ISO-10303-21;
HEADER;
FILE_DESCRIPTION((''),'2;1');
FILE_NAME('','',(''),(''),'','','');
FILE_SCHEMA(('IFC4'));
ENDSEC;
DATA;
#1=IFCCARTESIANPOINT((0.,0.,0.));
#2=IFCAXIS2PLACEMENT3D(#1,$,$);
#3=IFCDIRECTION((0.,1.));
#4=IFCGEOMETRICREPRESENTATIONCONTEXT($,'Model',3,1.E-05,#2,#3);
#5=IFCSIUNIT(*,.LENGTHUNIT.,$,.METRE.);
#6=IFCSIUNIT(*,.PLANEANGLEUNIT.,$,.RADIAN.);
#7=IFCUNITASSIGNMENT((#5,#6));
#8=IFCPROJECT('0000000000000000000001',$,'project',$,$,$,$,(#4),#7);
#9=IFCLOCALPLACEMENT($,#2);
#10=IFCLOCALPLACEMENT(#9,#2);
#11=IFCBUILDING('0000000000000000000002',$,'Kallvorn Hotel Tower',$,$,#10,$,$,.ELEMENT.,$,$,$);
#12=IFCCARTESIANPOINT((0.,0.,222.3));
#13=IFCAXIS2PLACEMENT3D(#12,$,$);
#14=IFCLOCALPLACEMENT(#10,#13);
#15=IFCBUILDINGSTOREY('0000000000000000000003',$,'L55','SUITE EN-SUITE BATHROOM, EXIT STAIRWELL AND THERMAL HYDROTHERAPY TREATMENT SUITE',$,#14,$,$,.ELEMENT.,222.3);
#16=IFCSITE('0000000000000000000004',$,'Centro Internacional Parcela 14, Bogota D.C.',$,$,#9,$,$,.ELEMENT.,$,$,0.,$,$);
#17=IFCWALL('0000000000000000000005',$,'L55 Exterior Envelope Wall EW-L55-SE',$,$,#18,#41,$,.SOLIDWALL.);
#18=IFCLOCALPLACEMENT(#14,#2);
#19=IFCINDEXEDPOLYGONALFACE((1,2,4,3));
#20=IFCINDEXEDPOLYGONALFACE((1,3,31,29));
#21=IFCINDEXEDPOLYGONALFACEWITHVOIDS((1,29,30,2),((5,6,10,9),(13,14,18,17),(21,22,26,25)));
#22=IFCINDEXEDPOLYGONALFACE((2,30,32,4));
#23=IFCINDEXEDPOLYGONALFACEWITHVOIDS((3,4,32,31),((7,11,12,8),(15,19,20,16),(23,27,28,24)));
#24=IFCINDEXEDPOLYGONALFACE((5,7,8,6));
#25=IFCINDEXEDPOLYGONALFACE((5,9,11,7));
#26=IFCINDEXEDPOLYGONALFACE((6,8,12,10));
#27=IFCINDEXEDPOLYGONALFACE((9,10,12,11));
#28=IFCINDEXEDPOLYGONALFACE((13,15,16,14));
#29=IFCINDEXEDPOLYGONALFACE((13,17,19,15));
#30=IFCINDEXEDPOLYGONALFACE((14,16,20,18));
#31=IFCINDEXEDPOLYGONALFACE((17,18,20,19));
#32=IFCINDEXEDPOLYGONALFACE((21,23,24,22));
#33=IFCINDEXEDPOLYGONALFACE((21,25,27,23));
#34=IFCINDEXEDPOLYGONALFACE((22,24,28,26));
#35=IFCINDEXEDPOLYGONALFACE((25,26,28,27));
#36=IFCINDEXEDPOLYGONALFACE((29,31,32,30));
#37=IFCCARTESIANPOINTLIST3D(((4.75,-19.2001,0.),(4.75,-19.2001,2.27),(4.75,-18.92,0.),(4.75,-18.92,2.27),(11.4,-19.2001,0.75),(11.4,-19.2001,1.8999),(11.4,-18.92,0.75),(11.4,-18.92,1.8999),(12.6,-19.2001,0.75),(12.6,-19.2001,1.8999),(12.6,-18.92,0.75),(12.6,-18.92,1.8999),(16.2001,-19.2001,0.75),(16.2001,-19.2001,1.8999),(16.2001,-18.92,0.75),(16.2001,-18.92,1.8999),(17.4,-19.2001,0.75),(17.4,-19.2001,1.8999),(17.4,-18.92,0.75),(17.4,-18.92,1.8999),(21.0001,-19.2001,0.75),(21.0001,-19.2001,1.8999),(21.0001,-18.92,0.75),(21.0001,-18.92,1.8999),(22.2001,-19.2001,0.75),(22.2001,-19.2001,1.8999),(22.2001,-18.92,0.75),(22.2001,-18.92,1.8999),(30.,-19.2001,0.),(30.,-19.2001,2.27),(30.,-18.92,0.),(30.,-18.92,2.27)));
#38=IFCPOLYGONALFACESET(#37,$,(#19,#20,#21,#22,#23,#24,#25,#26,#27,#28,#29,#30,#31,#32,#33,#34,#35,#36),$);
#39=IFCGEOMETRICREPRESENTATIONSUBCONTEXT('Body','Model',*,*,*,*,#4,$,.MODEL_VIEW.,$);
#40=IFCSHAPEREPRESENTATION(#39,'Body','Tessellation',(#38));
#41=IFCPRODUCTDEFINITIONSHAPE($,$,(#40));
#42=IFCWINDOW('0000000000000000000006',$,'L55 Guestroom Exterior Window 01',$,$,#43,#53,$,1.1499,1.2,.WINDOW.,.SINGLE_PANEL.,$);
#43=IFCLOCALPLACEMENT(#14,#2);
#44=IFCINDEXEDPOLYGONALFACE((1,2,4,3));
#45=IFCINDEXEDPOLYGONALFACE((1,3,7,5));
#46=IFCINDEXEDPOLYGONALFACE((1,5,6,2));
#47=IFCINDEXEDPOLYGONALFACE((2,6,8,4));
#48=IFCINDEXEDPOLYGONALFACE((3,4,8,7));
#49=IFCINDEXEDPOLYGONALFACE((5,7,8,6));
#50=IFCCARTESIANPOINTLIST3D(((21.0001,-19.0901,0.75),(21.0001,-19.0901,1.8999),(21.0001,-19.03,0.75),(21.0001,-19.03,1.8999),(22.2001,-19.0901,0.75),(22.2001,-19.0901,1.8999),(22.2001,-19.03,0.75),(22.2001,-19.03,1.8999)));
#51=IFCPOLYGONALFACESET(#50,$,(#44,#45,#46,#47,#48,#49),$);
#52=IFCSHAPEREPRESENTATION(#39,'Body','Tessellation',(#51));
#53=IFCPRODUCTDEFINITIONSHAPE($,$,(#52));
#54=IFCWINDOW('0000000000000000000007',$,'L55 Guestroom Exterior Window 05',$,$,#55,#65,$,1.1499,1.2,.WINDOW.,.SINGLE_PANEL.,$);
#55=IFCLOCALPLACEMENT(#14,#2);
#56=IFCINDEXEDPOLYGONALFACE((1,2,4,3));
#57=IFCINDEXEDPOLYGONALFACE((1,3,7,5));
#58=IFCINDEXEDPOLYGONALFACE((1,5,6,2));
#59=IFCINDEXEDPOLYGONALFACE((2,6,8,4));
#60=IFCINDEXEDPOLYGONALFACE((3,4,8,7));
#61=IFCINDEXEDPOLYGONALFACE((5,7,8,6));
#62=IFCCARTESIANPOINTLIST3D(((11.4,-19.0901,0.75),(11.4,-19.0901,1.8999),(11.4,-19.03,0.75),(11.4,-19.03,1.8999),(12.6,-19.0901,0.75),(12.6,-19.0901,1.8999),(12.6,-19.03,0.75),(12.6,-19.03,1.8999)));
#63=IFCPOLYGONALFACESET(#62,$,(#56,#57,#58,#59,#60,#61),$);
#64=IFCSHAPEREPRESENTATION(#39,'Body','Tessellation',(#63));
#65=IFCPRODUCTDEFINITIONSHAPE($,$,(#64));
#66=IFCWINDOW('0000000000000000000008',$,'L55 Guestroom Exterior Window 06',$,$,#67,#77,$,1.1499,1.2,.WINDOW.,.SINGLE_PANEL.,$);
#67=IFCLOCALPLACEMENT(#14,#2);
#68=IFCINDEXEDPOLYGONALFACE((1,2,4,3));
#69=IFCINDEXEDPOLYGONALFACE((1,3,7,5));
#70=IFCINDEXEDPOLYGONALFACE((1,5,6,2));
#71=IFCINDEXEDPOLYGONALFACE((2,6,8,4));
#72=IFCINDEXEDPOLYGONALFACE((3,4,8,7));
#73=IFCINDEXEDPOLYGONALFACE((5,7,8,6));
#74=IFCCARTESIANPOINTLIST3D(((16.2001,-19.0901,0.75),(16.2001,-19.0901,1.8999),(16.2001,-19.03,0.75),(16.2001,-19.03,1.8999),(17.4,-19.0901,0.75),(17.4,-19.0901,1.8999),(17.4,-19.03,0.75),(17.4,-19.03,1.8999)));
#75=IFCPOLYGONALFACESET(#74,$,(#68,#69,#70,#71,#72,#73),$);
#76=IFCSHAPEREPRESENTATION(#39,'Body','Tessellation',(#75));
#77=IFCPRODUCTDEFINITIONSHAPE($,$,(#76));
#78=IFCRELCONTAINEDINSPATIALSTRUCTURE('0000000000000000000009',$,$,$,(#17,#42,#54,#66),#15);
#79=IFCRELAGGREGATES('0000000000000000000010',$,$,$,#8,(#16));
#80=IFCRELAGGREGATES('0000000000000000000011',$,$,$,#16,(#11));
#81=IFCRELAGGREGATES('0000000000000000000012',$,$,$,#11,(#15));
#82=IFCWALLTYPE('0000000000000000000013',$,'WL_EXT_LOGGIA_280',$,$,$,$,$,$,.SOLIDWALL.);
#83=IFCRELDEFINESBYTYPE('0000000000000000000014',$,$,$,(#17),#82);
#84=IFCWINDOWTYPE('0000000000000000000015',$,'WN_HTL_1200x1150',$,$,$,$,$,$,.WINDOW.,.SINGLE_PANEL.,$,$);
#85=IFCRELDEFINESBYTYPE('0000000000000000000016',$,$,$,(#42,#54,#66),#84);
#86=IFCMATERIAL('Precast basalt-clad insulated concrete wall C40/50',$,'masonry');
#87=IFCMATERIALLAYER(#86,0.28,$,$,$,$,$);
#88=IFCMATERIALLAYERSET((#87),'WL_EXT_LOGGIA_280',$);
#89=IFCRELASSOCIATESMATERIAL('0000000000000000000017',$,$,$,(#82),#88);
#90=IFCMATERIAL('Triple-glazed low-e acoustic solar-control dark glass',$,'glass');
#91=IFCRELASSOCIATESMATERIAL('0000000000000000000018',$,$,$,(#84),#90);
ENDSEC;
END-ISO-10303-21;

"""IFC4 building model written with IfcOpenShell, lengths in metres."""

from ifc_helpers import new_model, si_unit, direction, frame, frame_2d, origin, place, context, subcontext, project, spatial, rectangle, extrude, material, layer, layer_set, type_object, element, fill, save


model = new_model("IFC4")

# Units and contexts
model_context = context("Model", 3, precision=1e-05, world=origin(), true_north=direction((0.0, 1.0)))
body_context = subcontext(model_context, "Body", "Model", "MODEL_VIEW")
ifc_project = project(units=[si_unit("LENGTHUNIT", "METRE"), si_unit("PLANEANGLEUNIT", "RADIAN")], contexts=[model_context])

# Site, building, storey
site_placement = place(None, origin())
site = spatial("IfcSite", under=ifc_project, at=site_placement, Name="Centro Internacional Parcela 14, Bogota D.C.", CompositionType="ELEMENT", RefElevation=0.0)
building_placement = place(site_placement, origin())
building = spatial("IfcBuilding", under=site, at=building_placement, Name="Kallvorn Hotel Tower", CompositionType="ELEMENT")
storey_placement = place(building_placement, frame((0.0, 0.0, 222.3)))
storey = spatial("IfcBuildingStorey", under=building, at=storey_placement, Name="L55", Description="SUITE EN-SUITE BATHROOM, EXIT STAIRWELL AND THERMAL HYDROTHERAPY TREATMENT SUITE", CompositionType="ELEMENT", Elevation=222.3)

# Wall, openings, windows
ifc_material_1 = material(Name="Precast basalt-clad insulated concrete wall C40/50", Category="masonry")
ifc_layer_1 = layer(ifc_material_1, 0.28)
ifc_layer_set_1 = layer_set([ifc_layer_1], Name="WL_EXT_LOGGIA_280")
wall_type_1 = type_object("IfcWallType", Name="WL_EXT_LOGGIA_280", PredefinedType="SOLIDWALL", material=ifc_layer_set_1)
wall_1_placement = place(storey_placement, frame((4.75, -19.0601, 0.0), z_axis=(0.0, 0.0, 1.0), x_axis=(1.0, 0.0, 0.0)))
wall_1 = element("IfcWall", 1, at=wall_1_placement, inside=storey, type_object=wall_type_1, Name="L55 Exterior Envelope Wall EW-L55-SE", PredefinedType="SOLIDWALL", context=body_context, shape_type="SweptSolid", body=[
    extrude(rectangle(XDim=25.25, YDim=0.28, at=frame_2d((12.625, 0.0))), origin(), (0.0, 0.0, 1.0), 2.27),
])
opening_1_placement = place(wall_1_placement, frame((16.25, 0.0, 0.75)))
opening_1 = element("IfcOpeningElement", 2, at=opening_1_placement, cuts=wall_1, PredefinedType="OPENING", context=body_context, shape_type="SweptSolid", body=[
    extrude(rectangle(XDim=1.2, YDim=1.1499, at=frame_2d((0.6001, 0.575))), frame((0.0, 0.155, 0.0), z_axis=(0.0, -1.0, 0.0), x_axis=(1.0, 0.0, 0.0)), (0.0, 0.0, 1.0), 0.3101),
])
opening_2_placement = place(wall_1_placement, frame((6.6499, 0.0, 0.75)))
opening_2 = element("IfcOpeningElement", 3, at=opening_2_placement, cuts=wall_1, PredefinedType="OPENING", context=body_context, shape_type="SweptSolid", body=[
    extrude(rectangle(XDim=1.2, YDim=1.1499, at=frame_2d((0.6001, 0.575))), frame((0.0, 0.155, 0.0), z_axis=(0.0, -1.0, 0.0), x_axis=(1.0, 0.0, 0.0)), (0.0, 0.0, 1.0), 0.3101),
])
opening_3_placement = place(wall_1_placement, frame((11.45, 0.0, 0.75)))
opening_3 = element("IfcOpeningElement", 4, at=opening_3_placement, cuts=wall_1, PredefinedType="OPENING", context=body_context, shape_type="SweptSolid", body=[
    extrude(rectangle(XDim=1.2, YDim=1.1499, at=frame_2d((0.6001, 0.575))), frame((0.0, 0.155, 0.0), z_axis=(0.0, -1.0, 0.0), x_axis=(1.0, 0.0, 0.0)), (0.0, 0.0, 1.0), 0.3101),
])
ifc_material_2 = material(Name="Triple-glazed low-e acoustic solar-control dark glass", Category="glass")
window_type = type_object("IfcWindowType", Name="WN_HTL_1200x1150", PartitioningType="SINGLE_PANEL", PredefinedType="WINDOW", material=ifc_material_2)
window_1_placement = place(opening_1_placement, origin())
window_1 = element("IfcWindow", 5, at=window_1_placement, inside=storey, type_object=window_type, Name="L55 Guestroom Exterior Window 01", OverallHeight=1.1499, OverallWidth=1.2, PartitioningType="SINGLE_PANEL", PredefinedType="WINDOW", context=body_context, shape_type="SweptSolid", body=[
    extrude(rectangle(XDim=1.2, YDim=1.1499, at=frame_2d((0.6001, 0.575))), frame((0.0, 0.03, 0.0), z_axis=(0.0, -1.0, 0.0), x_axis=(1.0, 0.0, 0.0)), (0.0, 0.0, 1.0), 0.0601),
])
fill(opening_1, window_1)
window_2_placement = place(opening_2_placement, origin())
window_2 = element("IfcWindow", 6, at=window_2_placement, inside=storey, type_object=window_type, Name="L55 Guestroom Exterior Window 05", OverallHeight=1.1499, OverallWidth=1.2, PartitioningType="SINGLE_PANEL", PredefinedType="WINDOW", context=body_context, shape_type="SweptSolid", body=[
    extrude(rectangle(XDim=1.2, YDim=1.1499, at=frame_2d((0.6001, 0.575))), frame((0.0, 0.03, 0.0), z_axis=(0.0, -1.0, 0.0), x_axis=(1.0, 0.0, 0.0)), (0.0, 0.0, 1.0), 0.0601),
])
fill(opening_2, window_2)
window_3_placement = place(opening_3_placement, origin())
window_3 = element("IfcWindow", 7, at=window_3_placement, inside=storey, type_object=window_type, Name="L55 Guestroom Exterior Window 06", OverallHeight=1.1499, OverallWidth=1.2, PartitioningType="SINGLE_PANEL", PredefinedType="WINDOW", context=body_context, shape_type="SweptSolid", body=[
    extrude(rectangle(XDim=1.2, YDim=1.1499, at=frame_2d((0.6001, 0.575))), frame((0.0, 0.03, 0.0), z_axis=(0.0, -1.0, 0.0), x_axis=(1.0, 0.0, 0.0)), (0.0, 0.0, 1.0), 0.0601),
])
fill(opening_3, window_3)

save(model, "model.ifc")
